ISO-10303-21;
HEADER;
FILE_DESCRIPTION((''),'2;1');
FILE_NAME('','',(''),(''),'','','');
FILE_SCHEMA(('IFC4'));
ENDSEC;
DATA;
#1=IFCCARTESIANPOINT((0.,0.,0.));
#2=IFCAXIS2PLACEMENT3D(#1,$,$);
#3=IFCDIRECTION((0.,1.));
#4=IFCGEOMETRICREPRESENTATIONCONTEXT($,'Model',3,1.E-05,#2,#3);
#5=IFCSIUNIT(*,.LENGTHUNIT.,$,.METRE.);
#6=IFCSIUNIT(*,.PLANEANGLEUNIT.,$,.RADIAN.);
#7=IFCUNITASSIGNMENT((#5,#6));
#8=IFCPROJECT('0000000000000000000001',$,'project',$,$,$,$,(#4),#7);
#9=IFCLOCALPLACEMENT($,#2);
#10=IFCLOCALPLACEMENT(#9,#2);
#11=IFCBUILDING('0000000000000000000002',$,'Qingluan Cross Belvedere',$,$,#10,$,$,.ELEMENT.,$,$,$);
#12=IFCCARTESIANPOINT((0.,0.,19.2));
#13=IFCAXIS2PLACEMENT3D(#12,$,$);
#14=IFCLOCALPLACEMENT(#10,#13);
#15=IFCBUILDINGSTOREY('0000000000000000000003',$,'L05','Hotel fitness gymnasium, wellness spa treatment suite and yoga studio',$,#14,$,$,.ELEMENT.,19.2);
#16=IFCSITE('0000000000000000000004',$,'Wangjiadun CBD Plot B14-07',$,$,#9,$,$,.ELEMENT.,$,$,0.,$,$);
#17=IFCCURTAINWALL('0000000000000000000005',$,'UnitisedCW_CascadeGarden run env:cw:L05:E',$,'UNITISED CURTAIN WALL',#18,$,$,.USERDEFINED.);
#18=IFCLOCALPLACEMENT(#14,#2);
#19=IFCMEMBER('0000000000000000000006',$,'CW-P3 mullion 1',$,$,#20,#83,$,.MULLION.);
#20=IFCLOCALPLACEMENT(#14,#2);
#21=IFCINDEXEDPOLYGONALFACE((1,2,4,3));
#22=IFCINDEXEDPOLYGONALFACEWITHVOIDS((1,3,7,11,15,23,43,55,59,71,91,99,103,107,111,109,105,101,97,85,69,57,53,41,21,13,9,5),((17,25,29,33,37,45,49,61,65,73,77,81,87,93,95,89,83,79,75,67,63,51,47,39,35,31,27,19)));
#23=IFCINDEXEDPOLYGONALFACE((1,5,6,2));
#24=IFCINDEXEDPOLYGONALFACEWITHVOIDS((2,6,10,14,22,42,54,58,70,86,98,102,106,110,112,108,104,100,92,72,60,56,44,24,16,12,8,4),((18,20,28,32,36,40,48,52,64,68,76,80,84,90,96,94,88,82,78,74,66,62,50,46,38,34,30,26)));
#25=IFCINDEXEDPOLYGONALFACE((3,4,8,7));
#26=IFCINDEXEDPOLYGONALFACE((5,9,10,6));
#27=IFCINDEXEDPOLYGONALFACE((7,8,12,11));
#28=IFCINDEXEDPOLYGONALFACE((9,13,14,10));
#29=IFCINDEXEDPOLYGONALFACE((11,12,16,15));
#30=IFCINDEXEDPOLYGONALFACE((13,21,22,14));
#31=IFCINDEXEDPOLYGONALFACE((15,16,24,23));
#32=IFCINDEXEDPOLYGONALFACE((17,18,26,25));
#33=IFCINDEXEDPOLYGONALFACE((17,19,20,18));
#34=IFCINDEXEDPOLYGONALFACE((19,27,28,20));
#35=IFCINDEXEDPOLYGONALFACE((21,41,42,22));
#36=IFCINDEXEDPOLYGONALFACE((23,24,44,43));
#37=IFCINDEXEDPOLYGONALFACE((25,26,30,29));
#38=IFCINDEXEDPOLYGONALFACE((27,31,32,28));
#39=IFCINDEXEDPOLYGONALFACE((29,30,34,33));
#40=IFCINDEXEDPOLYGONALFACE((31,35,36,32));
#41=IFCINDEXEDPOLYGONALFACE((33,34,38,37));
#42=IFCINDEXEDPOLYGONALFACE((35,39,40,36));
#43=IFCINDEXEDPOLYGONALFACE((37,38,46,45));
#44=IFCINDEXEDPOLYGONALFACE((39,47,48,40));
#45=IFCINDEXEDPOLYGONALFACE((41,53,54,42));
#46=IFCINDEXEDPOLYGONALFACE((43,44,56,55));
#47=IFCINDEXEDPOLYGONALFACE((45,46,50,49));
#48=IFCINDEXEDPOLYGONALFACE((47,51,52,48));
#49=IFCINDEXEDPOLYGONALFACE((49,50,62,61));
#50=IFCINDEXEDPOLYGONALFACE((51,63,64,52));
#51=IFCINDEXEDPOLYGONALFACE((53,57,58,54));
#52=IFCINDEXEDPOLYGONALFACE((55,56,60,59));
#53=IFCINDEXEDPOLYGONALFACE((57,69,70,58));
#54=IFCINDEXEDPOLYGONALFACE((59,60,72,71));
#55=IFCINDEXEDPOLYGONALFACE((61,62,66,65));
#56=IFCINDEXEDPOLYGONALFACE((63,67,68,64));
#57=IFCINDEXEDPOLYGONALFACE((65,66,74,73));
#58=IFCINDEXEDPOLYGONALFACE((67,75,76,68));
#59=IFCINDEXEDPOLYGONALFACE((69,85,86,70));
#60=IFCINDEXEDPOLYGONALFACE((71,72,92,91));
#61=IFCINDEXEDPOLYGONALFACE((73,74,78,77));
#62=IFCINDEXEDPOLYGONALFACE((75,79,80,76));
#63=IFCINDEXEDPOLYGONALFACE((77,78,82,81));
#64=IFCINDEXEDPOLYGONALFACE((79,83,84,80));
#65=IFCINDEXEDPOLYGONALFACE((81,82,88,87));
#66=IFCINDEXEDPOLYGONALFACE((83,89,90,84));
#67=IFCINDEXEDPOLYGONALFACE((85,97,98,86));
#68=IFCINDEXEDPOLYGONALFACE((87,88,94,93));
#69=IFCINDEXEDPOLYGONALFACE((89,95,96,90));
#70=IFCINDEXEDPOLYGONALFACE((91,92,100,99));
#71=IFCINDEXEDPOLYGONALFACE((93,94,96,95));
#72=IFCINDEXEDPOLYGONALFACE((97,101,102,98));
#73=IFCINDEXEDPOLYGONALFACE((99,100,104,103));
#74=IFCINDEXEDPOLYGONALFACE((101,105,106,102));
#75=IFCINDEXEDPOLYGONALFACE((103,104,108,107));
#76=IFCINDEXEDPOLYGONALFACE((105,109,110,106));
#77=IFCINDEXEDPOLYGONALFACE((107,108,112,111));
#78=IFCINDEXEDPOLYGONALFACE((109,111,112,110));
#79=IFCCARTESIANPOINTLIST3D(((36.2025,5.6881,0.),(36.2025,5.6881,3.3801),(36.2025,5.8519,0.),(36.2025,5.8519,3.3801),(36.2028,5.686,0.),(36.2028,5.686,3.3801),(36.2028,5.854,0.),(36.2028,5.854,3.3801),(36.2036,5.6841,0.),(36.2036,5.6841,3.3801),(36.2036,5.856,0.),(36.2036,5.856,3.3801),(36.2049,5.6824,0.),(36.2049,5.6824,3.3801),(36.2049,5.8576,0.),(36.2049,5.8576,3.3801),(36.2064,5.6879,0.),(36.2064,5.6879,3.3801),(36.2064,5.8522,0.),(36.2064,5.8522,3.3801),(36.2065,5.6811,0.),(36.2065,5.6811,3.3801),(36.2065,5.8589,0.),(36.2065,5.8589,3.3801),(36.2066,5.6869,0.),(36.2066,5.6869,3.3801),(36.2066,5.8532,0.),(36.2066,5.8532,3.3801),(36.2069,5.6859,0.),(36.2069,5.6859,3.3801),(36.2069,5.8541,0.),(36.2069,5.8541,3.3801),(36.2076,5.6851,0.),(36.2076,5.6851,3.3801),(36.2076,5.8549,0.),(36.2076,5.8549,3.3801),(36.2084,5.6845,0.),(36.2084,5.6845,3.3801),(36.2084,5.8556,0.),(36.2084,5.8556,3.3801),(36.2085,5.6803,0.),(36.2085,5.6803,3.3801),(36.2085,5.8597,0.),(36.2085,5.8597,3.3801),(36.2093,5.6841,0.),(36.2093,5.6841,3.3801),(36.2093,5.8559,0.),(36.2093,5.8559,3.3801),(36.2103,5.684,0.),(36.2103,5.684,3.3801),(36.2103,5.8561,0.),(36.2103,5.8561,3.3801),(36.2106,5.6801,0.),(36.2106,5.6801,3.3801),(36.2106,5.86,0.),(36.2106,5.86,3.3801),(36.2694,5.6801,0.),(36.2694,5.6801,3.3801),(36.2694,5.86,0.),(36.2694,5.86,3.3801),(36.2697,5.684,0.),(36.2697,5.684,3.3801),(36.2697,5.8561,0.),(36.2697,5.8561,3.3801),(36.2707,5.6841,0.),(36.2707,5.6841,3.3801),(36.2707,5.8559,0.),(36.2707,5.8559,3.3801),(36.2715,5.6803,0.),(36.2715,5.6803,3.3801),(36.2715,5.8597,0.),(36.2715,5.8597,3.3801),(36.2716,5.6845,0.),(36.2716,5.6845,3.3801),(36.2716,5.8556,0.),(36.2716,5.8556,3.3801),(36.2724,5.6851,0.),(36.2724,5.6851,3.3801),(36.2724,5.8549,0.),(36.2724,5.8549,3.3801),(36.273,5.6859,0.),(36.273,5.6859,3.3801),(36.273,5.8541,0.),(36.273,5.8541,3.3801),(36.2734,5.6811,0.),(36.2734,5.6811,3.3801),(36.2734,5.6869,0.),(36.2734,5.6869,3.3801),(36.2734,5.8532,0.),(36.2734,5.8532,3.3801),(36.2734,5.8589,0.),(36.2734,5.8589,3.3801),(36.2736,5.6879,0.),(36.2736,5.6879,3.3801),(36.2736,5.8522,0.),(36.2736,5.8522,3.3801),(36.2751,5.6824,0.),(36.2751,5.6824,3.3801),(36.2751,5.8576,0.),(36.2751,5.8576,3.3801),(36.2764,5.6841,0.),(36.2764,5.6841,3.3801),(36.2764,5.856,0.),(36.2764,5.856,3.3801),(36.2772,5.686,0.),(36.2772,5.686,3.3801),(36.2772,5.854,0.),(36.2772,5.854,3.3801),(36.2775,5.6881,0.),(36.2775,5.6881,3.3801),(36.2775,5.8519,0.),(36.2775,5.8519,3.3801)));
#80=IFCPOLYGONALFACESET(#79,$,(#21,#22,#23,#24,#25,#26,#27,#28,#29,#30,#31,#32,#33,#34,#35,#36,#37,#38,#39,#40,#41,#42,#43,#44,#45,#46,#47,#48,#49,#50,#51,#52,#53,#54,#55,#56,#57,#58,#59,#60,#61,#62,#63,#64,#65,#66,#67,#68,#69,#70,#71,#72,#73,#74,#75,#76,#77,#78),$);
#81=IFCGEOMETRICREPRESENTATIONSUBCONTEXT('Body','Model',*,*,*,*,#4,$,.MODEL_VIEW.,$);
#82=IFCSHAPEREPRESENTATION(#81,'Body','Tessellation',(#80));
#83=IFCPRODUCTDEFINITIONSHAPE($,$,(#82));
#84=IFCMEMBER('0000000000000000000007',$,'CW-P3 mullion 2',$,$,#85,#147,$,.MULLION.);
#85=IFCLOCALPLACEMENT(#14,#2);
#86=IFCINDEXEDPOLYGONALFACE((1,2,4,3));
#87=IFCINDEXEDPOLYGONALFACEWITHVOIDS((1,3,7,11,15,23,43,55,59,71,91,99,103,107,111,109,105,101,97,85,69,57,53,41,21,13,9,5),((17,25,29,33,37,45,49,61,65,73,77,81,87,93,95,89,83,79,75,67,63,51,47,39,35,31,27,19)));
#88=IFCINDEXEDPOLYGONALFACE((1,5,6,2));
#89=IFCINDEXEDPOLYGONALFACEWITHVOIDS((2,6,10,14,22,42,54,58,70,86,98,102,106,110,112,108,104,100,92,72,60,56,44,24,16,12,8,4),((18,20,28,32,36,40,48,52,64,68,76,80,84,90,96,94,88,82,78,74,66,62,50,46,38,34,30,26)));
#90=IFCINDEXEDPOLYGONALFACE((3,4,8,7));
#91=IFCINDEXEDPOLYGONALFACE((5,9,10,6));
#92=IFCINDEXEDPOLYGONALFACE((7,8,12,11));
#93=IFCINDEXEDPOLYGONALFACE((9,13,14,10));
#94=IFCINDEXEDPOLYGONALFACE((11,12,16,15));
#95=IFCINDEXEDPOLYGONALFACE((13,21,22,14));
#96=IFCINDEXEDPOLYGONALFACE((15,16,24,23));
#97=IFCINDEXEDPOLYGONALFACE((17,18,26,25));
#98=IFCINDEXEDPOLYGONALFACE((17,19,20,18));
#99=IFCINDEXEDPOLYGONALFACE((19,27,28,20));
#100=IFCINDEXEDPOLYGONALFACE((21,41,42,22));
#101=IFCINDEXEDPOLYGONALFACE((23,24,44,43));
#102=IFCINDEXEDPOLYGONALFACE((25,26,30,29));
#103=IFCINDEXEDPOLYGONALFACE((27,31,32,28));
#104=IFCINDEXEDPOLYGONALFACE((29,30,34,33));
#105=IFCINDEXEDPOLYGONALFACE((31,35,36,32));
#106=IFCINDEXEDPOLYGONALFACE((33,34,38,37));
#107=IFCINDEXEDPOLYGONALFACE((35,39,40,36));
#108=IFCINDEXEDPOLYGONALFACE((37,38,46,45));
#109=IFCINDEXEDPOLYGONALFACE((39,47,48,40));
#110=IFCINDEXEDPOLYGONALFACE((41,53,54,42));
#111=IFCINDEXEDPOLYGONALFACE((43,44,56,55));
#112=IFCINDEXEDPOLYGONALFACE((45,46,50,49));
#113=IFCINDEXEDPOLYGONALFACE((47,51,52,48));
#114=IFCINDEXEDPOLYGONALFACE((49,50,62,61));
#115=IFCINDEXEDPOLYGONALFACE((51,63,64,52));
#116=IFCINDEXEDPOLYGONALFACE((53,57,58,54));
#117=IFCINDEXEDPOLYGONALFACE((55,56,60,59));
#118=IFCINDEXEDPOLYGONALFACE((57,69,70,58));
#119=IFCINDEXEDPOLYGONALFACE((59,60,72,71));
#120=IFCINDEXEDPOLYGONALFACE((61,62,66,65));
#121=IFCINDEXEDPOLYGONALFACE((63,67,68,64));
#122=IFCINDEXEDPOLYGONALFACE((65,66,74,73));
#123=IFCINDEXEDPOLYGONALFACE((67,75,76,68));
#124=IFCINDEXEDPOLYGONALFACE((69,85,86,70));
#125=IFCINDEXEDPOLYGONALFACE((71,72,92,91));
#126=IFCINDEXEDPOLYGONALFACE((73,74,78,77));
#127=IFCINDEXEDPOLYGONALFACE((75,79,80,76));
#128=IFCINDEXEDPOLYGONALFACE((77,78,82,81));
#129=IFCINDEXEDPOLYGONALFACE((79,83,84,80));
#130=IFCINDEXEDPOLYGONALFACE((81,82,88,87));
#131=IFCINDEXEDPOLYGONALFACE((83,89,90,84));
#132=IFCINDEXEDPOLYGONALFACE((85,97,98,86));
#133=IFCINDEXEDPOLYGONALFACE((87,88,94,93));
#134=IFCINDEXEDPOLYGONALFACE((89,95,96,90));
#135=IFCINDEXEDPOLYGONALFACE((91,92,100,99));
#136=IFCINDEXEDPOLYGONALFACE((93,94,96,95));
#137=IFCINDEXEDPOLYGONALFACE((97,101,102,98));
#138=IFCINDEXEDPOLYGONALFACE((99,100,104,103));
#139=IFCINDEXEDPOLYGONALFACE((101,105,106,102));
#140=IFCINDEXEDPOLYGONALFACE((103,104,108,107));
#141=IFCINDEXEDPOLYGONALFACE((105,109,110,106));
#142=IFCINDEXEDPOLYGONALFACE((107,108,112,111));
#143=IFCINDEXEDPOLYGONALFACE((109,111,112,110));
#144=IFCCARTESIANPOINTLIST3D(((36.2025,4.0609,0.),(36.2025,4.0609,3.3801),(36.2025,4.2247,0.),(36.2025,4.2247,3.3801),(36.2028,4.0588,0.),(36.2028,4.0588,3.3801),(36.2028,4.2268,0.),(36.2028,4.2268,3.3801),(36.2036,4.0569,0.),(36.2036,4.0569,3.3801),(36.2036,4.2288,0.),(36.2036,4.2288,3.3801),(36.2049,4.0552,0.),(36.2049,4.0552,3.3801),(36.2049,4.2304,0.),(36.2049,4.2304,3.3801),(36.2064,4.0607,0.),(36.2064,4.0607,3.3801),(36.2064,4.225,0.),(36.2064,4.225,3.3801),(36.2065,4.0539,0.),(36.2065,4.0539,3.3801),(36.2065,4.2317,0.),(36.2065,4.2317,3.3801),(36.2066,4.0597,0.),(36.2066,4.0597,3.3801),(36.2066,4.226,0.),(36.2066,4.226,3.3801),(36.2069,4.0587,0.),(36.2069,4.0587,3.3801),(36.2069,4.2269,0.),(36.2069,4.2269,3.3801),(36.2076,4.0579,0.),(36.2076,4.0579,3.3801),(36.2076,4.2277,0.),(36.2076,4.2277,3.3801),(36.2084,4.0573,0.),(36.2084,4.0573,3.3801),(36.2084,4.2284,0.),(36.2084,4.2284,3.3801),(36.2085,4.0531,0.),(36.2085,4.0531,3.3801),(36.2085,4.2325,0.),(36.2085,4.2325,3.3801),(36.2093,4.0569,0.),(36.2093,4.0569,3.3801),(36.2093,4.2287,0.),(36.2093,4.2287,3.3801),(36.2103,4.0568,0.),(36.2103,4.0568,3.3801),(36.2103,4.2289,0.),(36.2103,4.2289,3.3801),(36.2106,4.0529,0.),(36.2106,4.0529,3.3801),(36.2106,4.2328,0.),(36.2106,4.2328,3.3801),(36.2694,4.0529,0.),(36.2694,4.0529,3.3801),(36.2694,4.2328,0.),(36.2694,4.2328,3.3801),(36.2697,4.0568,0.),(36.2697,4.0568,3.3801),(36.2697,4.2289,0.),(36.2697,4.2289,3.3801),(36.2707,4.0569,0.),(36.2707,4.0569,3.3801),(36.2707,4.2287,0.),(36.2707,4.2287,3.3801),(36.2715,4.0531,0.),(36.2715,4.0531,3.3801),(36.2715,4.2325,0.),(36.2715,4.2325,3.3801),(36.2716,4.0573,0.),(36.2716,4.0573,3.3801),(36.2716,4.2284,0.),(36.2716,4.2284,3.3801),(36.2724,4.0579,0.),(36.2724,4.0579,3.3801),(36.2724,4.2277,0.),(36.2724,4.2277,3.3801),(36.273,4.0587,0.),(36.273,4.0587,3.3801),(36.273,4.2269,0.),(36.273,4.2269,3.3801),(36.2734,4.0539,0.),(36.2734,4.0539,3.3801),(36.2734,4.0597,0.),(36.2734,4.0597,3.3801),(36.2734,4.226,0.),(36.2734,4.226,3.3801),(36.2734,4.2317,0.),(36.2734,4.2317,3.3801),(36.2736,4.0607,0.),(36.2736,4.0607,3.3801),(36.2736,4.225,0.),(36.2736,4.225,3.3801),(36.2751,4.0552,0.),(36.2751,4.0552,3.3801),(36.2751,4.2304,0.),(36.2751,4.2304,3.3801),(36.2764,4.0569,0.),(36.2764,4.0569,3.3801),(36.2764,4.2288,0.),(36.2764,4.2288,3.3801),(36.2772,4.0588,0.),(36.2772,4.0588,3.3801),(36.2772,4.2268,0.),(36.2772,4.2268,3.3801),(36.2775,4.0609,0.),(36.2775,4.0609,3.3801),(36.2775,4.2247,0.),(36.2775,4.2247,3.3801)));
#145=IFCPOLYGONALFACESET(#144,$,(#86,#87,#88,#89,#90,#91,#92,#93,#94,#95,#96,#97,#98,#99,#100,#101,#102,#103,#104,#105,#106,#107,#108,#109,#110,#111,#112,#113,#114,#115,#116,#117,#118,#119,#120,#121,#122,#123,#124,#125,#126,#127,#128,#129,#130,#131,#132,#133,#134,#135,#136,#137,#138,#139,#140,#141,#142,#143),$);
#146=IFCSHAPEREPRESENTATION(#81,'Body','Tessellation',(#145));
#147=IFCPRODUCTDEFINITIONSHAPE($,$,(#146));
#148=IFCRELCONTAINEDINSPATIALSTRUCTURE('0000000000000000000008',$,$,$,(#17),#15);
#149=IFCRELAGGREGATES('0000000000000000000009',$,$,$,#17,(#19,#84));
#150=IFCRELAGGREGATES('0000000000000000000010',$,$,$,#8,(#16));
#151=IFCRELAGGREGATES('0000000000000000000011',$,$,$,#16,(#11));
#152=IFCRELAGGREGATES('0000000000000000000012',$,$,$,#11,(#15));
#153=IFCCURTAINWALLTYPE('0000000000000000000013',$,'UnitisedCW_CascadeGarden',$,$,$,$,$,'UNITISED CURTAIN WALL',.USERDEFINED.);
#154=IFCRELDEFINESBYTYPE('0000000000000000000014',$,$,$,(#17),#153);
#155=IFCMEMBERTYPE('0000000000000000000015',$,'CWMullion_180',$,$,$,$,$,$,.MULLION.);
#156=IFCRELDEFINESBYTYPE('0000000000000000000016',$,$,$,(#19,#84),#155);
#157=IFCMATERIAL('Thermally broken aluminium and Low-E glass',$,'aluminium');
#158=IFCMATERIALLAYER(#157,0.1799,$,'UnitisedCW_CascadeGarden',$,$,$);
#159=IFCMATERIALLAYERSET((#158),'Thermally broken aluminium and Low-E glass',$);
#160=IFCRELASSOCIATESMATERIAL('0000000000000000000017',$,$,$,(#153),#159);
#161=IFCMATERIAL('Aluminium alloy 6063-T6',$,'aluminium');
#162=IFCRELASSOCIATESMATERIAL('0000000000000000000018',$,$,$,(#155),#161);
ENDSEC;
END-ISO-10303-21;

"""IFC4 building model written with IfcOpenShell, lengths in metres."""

from ifc_helpers import new_model, si_unit, direction, frame, origin, origin_2d, place, context, subcontext, project, spatial, hollow_rectangle, extrude, material, layer, layer_set, material_profile, profile_set, type_object, element, aggregate, save


model = new_model("IFC4")

# Units and contexts
model_context = context("Model", 3, precision=1e-05, world=origin(), true_north=direction((0.0, 1.0)))
body_context = subcontext(model_context, "Body", "Model", "MODEL_VIEW")
ifc_project = project(units=[si_unit("LENGTHUNIT", "METRE"), si_unit("PLANEANGLEUNIT", "RADIAN")], contexts=[model_context])

# Site, building, storey
site_placement = place(None, origin())
site = spatial("IfcSite", under=ifc_project, at=site_placement, Name="Wangjiadun CBD Plot B14-07", CompositionType="ELEMENT", RefElevation=0.0)
building_placement = place(site_placement, origin())
building = spatial("IfcBuilding", under=site, at=building_placement, Name="Qingluan Cross Belvedere", CompositionType="ELEMENT")
storey_placement = place(building_placement, frame((0.0, 0.0, 19.2)))
storey = spatial("IfcBuildingStorey", under=building, at=storey_placement, Name="L05", Description="Hotel fitness gymnasium, wellness spa treatment suite and yoga studio", CompositionType="ELEMENT", Elevation=19.2)

# Curtain wall, members
ifc_material_1 = material(Name="Thermally broken aluminium and Low-E glass", Category="aluminium")
ifc_layer_1 = layer(ifc_material_1, 0.1799, Name="UnitisedCW_CascadeGarden")
ifc_layer_set_1 = layer_set([ifc_layer_1], Name="Thermally broken aluminium and Low-E glass")
curtain_wall_type = type_object("IfcCurtainWallType", Name="UnitisedCW_CascadeGarden", ElementType="UNITISED CURTAIN WALL", PredefinedType="USERDEFINED", material=ifc_layer_set_1)
curtain_wall_placement = place(storey_placement, origin())
curtain_wall = element("IfcCurtainWall", 1, at=curtain_wall_placement, inside=storey, type_object=curtain_wall_type, Name="UnitisedCW_CascadeGarden run env:cw:L05:E", ObjectType="UNITISED CURTAIN WALL", PredefinedType="USERDEFINED")
ifc_material_2 = material(Name="Aluminium alloy 6063-T6", Category="aluminium")
ifc_material_profile_1 = material_profile(ifc_material_2, hollow_rectangle(XDim=0.075, YDim=0.1799, WallThickness=0.0039, InnerFilletRadius=0.0039, OuterFilletRadius=0.0081, at=origin_2d()), Name="CWM180x75x4")
ifc_profile_set_1 = profile_set([ifc_material_profile_1], Name="Aluminium alloy 6063-T6")
member_type_1 = type_object("IfcMemberType", Name="CWMullion_180", PredefinedType="MULLION", material=ifc_profile_set_1)
member_1_placement = place(storey_placement, frame((36.24, 5.77, 0.0), z_axis=(0.0, 0.0, 1.0), x_axis=(1.0, 0.0, 0.0)))
member_1 = element("IfcMember", 2, at=member_1_placement, type_object=member_type_1, Name="CW-P3 mullion 1", PredefinedType="MULLION", context=body_context, shape_type="SweptSolid", body=[
    extrude(hollow_rectangle(XDim=0.075, YDim=0.1799, WallThickness=0.0039, InnerFilletRadius=0.0039, OuterFilletRadius=0.0081, at=origin_2d()), origin(), (0.0, 0.0, 1.0), 3.3801),
])
member_2_placement = place(storey_placement, frame((36.24, 4.1428, 0.0), z_axis=(0.0, 0.0, 1.0), x_axis=(1.0, 0.0, 0.0)))
member_2 = element("IfcMember", 3, at=member_2_placement, type_object=member_type_1, Name="CW-P3 mullion 2", PredefinedType="MULLION", context=body_context, shape_type="SweptSolid", body=[
    extrude(hollow_rectangle(XDim=0.075, YDim=0.1799, WallThickness=0.0039, InnerFilletRadius=0.0039, OuterFilletRadius=0.0081, at=origin_2d()), origin(), (0.0, 0.0, 1.0), 3.3801),
])
aggregate(curtain_wall, [member_1, member_2])

save(model, "model.ifc")
